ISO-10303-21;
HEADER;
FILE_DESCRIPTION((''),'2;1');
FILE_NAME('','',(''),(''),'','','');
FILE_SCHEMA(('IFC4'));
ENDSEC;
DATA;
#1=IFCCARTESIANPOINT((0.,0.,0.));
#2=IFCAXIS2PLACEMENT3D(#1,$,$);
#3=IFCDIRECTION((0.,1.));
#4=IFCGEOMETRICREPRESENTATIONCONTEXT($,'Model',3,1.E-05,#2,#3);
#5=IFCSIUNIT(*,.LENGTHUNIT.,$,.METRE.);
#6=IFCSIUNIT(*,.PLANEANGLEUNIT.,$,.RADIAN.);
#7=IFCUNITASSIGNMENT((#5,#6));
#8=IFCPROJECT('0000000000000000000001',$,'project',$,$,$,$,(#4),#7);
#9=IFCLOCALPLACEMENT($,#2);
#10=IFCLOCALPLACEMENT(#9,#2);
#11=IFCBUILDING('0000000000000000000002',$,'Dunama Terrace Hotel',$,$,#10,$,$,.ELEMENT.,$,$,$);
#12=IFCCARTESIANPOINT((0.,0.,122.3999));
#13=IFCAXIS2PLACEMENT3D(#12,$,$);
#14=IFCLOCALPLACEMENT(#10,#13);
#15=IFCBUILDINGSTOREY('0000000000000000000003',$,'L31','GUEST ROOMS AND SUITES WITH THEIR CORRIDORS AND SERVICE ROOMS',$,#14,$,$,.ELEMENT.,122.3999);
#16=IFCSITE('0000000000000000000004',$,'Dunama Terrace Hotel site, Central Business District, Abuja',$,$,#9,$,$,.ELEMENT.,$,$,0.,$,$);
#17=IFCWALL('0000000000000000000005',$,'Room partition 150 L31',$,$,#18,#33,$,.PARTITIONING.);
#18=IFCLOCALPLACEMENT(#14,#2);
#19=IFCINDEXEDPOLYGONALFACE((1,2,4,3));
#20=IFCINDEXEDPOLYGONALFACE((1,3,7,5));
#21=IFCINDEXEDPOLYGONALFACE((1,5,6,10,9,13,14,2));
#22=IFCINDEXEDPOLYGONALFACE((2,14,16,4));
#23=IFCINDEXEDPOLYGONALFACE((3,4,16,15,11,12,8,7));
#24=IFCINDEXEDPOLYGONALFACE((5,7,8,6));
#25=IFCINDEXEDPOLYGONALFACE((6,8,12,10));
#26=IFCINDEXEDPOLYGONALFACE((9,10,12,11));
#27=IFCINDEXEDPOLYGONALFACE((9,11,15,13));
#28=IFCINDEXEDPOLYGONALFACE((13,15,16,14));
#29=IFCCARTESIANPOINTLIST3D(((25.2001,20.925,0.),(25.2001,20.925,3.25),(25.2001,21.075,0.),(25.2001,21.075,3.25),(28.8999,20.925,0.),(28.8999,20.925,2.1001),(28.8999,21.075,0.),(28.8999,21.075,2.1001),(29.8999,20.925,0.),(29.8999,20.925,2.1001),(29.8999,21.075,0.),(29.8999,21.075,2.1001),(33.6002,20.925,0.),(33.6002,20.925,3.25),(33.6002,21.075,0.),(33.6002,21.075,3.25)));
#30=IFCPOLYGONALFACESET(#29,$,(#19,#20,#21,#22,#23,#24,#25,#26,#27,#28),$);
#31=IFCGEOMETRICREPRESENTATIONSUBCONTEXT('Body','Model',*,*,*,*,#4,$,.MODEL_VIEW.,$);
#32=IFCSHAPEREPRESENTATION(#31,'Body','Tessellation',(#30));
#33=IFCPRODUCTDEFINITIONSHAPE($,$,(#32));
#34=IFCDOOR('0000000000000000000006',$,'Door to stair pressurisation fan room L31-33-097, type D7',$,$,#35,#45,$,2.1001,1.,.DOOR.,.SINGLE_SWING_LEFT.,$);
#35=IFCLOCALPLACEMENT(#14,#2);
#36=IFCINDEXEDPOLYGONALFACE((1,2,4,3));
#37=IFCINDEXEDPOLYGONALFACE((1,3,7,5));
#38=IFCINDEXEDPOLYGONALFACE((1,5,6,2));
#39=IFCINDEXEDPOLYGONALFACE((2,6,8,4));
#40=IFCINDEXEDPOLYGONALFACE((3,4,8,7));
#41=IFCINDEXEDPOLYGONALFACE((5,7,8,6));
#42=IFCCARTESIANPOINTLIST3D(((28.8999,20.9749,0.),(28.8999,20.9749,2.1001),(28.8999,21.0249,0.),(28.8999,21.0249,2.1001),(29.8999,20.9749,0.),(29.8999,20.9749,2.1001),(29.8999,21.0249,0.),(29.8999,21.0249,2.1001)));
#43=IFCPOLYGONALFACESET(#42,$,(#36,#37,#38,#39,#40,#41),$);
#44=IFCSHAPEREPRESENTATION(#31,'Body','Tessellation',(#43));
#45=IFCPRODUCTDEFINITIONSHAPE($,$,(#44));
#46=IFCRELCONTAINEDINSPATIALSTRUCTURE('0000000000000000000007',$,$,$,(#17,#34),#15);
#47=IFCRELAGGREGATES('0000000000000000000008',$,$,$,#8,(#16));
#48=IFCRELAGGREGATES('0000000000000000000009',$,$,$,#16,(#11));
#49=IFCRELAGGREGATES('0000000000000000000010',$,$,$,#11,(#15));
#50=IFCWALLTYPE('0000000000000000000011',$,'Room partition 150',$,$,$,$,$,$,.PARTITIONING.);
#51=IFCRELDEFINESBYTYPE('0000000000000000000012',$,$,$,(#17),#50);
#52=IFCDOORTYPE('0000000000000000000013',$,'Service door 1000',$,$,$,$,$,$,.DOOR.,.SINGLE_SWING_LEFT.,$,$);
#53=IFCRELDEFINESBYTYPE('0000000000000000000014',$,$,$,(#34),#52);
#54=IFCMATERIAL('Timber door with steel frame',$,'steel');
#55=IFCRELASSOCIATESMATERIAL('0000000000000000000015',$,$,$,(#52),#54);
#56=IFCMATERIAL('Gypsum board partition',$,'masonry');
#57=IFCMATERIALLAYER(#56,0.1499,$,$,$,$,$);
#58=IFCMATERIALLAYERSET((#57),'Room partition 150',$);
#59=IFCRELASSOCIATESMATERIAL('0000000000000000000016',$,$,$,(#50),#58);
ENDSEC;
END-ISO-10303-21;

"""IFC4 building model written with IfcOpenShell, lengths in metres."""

from ifc_helpers import new_model, si_unit, direction, frame, frame_2d, origin, place, context, subcontext, project, spatial, rectangle, extrude, material, layer, layer_set, type_object, element, fill, save


model = new_model("IFC4")

# Units and contexts
model_context = context("Model", 3, precision=1e-05, world=origin(), true_north=direction((0.0, 1.0)))
body_context = subcontext(model_context, "Body", "Model", "MODEL_VIEW")
ifc_project = project(units=[si_unit("LENGTHUNIT", "METRE"), si_unit("PLANEANGLEUNIT", "RADIAN")], contexts=[model_context])

# Site, building, storey
site_placement = place(None, origin())
site = spatial("IfcSite", under=ifc_project, at=site_placement, Name="Dunama Terrace Hotel site, Central Business District, Abuja", CompositionType="ELEMENT", RefElevation=0.0)
building_placement = place(site_placement, origin())
building = spatial("IfcBuilding", under=site, at=building_placement, Name="Dunama Terrace Hotel", CompositionType="ELEMENT")
storey_placement = place(building_placement, frame((0.0, 0.0, 122.3999)))
storey = spatial("IfcBuildingStorey", under=building, at=storey_placement, Name="L31", Description="GUEST ROOMS AND SUITES WITH THEIR CORRIDORS AND SERVICE ROOMS", CompositionType="ELEMENT", Elevation=122.3999)

# Shared definitions
ifc_material_1 = material(Name="Timber door with steel frame", Category="steel")
door_type_1 = type_object("IfcDoorType", Name="Service door 1000", OperationType="SINGLE_SWING_LEFT", PredefinedType="DOOR", material=ifc_material_1)

# Wall, opening, door
ifc_material_2 = material(Name="Gypsum board partition", Category="masonry")
ifc_layer_1 = layer(ifc_material_2, 0.1499)
ifc_layer_set_1 = layer_set([ifc_layer_1], Name="Room partition 150")
wall_type_1 = type_object("IfcWallType", Name="Room partition 150", PredefinedType="PARTITIONING", material=ifc_layer_set_1)
wall_1_placement = place(storey_placement, frame((25.2, 21.0, 0.0), z_axis=(0.0, 0.0, 1.0), x_axis=(1.0, 0.0, 0.0)))
wall_1 = element("IfcWall", 1, at=wall_1_placement, inside=storey, type_object=wall_type_1, Name="Room partition 150 L31", PredefinedType="PARTITIONING", context=body_context, shape_type="SweptSolid", body=[
    extrude(rectangle(XDim=8.4001, YDim=0.1499, at=frame_2d((4.2002, 0.0))), origin(), (0.0, 0.0, 1.0), 3.25),
])
opening_1_placement = place(wall_1_placement, frame((3.7, 0.0, 0.0)))
opening_1 = element("IfcOpeningElement", 2, at=opening_1_placement, cuts=wall_1, PredefinedType="OPENING", context=body_context, shape_type="SweptSolid", body=[
    extrude(rectangle(XDim=1.0, YDim=2.1001, at=frame_2d((0.5, 1.05))), frame((0.0, 0.085, 0.0), z_axis=(0.0, -1.0, 0.0), x_axis=(1.0, 0.0, 0.0)), (0.0, 0.0, 1.0), 0.1699),
])
door_1_placement = place(opening_1_placement, origin())
door_1 = element("IfcDoor", 3, at=door_1_placement, inside=storey, type_object=door_type_1, Name="Door to stair pressurisation fan room L31-33-097, type D7", OperationType="SINGLE_SWING_LEFT", OverallHeight=2.1001, OverallWidth=1.0, PredefinedType="DOOR", context=body_context, shape_type="SweptSolid", body=[
    extrude(rectangle(XDim=1.0, YDim=2.1001, at=frame_2d((0.5, 1.05))), frame((0.0, 0.0249, 0.0), z_axis=(0.0, -1.0, 0.0), x_axis=(1.0, 0.0, 0.0)), (0.0, 0.0, 1.0), 0.05),
])
fill(opening_1, door_1)

save(model, "model.ifc")
